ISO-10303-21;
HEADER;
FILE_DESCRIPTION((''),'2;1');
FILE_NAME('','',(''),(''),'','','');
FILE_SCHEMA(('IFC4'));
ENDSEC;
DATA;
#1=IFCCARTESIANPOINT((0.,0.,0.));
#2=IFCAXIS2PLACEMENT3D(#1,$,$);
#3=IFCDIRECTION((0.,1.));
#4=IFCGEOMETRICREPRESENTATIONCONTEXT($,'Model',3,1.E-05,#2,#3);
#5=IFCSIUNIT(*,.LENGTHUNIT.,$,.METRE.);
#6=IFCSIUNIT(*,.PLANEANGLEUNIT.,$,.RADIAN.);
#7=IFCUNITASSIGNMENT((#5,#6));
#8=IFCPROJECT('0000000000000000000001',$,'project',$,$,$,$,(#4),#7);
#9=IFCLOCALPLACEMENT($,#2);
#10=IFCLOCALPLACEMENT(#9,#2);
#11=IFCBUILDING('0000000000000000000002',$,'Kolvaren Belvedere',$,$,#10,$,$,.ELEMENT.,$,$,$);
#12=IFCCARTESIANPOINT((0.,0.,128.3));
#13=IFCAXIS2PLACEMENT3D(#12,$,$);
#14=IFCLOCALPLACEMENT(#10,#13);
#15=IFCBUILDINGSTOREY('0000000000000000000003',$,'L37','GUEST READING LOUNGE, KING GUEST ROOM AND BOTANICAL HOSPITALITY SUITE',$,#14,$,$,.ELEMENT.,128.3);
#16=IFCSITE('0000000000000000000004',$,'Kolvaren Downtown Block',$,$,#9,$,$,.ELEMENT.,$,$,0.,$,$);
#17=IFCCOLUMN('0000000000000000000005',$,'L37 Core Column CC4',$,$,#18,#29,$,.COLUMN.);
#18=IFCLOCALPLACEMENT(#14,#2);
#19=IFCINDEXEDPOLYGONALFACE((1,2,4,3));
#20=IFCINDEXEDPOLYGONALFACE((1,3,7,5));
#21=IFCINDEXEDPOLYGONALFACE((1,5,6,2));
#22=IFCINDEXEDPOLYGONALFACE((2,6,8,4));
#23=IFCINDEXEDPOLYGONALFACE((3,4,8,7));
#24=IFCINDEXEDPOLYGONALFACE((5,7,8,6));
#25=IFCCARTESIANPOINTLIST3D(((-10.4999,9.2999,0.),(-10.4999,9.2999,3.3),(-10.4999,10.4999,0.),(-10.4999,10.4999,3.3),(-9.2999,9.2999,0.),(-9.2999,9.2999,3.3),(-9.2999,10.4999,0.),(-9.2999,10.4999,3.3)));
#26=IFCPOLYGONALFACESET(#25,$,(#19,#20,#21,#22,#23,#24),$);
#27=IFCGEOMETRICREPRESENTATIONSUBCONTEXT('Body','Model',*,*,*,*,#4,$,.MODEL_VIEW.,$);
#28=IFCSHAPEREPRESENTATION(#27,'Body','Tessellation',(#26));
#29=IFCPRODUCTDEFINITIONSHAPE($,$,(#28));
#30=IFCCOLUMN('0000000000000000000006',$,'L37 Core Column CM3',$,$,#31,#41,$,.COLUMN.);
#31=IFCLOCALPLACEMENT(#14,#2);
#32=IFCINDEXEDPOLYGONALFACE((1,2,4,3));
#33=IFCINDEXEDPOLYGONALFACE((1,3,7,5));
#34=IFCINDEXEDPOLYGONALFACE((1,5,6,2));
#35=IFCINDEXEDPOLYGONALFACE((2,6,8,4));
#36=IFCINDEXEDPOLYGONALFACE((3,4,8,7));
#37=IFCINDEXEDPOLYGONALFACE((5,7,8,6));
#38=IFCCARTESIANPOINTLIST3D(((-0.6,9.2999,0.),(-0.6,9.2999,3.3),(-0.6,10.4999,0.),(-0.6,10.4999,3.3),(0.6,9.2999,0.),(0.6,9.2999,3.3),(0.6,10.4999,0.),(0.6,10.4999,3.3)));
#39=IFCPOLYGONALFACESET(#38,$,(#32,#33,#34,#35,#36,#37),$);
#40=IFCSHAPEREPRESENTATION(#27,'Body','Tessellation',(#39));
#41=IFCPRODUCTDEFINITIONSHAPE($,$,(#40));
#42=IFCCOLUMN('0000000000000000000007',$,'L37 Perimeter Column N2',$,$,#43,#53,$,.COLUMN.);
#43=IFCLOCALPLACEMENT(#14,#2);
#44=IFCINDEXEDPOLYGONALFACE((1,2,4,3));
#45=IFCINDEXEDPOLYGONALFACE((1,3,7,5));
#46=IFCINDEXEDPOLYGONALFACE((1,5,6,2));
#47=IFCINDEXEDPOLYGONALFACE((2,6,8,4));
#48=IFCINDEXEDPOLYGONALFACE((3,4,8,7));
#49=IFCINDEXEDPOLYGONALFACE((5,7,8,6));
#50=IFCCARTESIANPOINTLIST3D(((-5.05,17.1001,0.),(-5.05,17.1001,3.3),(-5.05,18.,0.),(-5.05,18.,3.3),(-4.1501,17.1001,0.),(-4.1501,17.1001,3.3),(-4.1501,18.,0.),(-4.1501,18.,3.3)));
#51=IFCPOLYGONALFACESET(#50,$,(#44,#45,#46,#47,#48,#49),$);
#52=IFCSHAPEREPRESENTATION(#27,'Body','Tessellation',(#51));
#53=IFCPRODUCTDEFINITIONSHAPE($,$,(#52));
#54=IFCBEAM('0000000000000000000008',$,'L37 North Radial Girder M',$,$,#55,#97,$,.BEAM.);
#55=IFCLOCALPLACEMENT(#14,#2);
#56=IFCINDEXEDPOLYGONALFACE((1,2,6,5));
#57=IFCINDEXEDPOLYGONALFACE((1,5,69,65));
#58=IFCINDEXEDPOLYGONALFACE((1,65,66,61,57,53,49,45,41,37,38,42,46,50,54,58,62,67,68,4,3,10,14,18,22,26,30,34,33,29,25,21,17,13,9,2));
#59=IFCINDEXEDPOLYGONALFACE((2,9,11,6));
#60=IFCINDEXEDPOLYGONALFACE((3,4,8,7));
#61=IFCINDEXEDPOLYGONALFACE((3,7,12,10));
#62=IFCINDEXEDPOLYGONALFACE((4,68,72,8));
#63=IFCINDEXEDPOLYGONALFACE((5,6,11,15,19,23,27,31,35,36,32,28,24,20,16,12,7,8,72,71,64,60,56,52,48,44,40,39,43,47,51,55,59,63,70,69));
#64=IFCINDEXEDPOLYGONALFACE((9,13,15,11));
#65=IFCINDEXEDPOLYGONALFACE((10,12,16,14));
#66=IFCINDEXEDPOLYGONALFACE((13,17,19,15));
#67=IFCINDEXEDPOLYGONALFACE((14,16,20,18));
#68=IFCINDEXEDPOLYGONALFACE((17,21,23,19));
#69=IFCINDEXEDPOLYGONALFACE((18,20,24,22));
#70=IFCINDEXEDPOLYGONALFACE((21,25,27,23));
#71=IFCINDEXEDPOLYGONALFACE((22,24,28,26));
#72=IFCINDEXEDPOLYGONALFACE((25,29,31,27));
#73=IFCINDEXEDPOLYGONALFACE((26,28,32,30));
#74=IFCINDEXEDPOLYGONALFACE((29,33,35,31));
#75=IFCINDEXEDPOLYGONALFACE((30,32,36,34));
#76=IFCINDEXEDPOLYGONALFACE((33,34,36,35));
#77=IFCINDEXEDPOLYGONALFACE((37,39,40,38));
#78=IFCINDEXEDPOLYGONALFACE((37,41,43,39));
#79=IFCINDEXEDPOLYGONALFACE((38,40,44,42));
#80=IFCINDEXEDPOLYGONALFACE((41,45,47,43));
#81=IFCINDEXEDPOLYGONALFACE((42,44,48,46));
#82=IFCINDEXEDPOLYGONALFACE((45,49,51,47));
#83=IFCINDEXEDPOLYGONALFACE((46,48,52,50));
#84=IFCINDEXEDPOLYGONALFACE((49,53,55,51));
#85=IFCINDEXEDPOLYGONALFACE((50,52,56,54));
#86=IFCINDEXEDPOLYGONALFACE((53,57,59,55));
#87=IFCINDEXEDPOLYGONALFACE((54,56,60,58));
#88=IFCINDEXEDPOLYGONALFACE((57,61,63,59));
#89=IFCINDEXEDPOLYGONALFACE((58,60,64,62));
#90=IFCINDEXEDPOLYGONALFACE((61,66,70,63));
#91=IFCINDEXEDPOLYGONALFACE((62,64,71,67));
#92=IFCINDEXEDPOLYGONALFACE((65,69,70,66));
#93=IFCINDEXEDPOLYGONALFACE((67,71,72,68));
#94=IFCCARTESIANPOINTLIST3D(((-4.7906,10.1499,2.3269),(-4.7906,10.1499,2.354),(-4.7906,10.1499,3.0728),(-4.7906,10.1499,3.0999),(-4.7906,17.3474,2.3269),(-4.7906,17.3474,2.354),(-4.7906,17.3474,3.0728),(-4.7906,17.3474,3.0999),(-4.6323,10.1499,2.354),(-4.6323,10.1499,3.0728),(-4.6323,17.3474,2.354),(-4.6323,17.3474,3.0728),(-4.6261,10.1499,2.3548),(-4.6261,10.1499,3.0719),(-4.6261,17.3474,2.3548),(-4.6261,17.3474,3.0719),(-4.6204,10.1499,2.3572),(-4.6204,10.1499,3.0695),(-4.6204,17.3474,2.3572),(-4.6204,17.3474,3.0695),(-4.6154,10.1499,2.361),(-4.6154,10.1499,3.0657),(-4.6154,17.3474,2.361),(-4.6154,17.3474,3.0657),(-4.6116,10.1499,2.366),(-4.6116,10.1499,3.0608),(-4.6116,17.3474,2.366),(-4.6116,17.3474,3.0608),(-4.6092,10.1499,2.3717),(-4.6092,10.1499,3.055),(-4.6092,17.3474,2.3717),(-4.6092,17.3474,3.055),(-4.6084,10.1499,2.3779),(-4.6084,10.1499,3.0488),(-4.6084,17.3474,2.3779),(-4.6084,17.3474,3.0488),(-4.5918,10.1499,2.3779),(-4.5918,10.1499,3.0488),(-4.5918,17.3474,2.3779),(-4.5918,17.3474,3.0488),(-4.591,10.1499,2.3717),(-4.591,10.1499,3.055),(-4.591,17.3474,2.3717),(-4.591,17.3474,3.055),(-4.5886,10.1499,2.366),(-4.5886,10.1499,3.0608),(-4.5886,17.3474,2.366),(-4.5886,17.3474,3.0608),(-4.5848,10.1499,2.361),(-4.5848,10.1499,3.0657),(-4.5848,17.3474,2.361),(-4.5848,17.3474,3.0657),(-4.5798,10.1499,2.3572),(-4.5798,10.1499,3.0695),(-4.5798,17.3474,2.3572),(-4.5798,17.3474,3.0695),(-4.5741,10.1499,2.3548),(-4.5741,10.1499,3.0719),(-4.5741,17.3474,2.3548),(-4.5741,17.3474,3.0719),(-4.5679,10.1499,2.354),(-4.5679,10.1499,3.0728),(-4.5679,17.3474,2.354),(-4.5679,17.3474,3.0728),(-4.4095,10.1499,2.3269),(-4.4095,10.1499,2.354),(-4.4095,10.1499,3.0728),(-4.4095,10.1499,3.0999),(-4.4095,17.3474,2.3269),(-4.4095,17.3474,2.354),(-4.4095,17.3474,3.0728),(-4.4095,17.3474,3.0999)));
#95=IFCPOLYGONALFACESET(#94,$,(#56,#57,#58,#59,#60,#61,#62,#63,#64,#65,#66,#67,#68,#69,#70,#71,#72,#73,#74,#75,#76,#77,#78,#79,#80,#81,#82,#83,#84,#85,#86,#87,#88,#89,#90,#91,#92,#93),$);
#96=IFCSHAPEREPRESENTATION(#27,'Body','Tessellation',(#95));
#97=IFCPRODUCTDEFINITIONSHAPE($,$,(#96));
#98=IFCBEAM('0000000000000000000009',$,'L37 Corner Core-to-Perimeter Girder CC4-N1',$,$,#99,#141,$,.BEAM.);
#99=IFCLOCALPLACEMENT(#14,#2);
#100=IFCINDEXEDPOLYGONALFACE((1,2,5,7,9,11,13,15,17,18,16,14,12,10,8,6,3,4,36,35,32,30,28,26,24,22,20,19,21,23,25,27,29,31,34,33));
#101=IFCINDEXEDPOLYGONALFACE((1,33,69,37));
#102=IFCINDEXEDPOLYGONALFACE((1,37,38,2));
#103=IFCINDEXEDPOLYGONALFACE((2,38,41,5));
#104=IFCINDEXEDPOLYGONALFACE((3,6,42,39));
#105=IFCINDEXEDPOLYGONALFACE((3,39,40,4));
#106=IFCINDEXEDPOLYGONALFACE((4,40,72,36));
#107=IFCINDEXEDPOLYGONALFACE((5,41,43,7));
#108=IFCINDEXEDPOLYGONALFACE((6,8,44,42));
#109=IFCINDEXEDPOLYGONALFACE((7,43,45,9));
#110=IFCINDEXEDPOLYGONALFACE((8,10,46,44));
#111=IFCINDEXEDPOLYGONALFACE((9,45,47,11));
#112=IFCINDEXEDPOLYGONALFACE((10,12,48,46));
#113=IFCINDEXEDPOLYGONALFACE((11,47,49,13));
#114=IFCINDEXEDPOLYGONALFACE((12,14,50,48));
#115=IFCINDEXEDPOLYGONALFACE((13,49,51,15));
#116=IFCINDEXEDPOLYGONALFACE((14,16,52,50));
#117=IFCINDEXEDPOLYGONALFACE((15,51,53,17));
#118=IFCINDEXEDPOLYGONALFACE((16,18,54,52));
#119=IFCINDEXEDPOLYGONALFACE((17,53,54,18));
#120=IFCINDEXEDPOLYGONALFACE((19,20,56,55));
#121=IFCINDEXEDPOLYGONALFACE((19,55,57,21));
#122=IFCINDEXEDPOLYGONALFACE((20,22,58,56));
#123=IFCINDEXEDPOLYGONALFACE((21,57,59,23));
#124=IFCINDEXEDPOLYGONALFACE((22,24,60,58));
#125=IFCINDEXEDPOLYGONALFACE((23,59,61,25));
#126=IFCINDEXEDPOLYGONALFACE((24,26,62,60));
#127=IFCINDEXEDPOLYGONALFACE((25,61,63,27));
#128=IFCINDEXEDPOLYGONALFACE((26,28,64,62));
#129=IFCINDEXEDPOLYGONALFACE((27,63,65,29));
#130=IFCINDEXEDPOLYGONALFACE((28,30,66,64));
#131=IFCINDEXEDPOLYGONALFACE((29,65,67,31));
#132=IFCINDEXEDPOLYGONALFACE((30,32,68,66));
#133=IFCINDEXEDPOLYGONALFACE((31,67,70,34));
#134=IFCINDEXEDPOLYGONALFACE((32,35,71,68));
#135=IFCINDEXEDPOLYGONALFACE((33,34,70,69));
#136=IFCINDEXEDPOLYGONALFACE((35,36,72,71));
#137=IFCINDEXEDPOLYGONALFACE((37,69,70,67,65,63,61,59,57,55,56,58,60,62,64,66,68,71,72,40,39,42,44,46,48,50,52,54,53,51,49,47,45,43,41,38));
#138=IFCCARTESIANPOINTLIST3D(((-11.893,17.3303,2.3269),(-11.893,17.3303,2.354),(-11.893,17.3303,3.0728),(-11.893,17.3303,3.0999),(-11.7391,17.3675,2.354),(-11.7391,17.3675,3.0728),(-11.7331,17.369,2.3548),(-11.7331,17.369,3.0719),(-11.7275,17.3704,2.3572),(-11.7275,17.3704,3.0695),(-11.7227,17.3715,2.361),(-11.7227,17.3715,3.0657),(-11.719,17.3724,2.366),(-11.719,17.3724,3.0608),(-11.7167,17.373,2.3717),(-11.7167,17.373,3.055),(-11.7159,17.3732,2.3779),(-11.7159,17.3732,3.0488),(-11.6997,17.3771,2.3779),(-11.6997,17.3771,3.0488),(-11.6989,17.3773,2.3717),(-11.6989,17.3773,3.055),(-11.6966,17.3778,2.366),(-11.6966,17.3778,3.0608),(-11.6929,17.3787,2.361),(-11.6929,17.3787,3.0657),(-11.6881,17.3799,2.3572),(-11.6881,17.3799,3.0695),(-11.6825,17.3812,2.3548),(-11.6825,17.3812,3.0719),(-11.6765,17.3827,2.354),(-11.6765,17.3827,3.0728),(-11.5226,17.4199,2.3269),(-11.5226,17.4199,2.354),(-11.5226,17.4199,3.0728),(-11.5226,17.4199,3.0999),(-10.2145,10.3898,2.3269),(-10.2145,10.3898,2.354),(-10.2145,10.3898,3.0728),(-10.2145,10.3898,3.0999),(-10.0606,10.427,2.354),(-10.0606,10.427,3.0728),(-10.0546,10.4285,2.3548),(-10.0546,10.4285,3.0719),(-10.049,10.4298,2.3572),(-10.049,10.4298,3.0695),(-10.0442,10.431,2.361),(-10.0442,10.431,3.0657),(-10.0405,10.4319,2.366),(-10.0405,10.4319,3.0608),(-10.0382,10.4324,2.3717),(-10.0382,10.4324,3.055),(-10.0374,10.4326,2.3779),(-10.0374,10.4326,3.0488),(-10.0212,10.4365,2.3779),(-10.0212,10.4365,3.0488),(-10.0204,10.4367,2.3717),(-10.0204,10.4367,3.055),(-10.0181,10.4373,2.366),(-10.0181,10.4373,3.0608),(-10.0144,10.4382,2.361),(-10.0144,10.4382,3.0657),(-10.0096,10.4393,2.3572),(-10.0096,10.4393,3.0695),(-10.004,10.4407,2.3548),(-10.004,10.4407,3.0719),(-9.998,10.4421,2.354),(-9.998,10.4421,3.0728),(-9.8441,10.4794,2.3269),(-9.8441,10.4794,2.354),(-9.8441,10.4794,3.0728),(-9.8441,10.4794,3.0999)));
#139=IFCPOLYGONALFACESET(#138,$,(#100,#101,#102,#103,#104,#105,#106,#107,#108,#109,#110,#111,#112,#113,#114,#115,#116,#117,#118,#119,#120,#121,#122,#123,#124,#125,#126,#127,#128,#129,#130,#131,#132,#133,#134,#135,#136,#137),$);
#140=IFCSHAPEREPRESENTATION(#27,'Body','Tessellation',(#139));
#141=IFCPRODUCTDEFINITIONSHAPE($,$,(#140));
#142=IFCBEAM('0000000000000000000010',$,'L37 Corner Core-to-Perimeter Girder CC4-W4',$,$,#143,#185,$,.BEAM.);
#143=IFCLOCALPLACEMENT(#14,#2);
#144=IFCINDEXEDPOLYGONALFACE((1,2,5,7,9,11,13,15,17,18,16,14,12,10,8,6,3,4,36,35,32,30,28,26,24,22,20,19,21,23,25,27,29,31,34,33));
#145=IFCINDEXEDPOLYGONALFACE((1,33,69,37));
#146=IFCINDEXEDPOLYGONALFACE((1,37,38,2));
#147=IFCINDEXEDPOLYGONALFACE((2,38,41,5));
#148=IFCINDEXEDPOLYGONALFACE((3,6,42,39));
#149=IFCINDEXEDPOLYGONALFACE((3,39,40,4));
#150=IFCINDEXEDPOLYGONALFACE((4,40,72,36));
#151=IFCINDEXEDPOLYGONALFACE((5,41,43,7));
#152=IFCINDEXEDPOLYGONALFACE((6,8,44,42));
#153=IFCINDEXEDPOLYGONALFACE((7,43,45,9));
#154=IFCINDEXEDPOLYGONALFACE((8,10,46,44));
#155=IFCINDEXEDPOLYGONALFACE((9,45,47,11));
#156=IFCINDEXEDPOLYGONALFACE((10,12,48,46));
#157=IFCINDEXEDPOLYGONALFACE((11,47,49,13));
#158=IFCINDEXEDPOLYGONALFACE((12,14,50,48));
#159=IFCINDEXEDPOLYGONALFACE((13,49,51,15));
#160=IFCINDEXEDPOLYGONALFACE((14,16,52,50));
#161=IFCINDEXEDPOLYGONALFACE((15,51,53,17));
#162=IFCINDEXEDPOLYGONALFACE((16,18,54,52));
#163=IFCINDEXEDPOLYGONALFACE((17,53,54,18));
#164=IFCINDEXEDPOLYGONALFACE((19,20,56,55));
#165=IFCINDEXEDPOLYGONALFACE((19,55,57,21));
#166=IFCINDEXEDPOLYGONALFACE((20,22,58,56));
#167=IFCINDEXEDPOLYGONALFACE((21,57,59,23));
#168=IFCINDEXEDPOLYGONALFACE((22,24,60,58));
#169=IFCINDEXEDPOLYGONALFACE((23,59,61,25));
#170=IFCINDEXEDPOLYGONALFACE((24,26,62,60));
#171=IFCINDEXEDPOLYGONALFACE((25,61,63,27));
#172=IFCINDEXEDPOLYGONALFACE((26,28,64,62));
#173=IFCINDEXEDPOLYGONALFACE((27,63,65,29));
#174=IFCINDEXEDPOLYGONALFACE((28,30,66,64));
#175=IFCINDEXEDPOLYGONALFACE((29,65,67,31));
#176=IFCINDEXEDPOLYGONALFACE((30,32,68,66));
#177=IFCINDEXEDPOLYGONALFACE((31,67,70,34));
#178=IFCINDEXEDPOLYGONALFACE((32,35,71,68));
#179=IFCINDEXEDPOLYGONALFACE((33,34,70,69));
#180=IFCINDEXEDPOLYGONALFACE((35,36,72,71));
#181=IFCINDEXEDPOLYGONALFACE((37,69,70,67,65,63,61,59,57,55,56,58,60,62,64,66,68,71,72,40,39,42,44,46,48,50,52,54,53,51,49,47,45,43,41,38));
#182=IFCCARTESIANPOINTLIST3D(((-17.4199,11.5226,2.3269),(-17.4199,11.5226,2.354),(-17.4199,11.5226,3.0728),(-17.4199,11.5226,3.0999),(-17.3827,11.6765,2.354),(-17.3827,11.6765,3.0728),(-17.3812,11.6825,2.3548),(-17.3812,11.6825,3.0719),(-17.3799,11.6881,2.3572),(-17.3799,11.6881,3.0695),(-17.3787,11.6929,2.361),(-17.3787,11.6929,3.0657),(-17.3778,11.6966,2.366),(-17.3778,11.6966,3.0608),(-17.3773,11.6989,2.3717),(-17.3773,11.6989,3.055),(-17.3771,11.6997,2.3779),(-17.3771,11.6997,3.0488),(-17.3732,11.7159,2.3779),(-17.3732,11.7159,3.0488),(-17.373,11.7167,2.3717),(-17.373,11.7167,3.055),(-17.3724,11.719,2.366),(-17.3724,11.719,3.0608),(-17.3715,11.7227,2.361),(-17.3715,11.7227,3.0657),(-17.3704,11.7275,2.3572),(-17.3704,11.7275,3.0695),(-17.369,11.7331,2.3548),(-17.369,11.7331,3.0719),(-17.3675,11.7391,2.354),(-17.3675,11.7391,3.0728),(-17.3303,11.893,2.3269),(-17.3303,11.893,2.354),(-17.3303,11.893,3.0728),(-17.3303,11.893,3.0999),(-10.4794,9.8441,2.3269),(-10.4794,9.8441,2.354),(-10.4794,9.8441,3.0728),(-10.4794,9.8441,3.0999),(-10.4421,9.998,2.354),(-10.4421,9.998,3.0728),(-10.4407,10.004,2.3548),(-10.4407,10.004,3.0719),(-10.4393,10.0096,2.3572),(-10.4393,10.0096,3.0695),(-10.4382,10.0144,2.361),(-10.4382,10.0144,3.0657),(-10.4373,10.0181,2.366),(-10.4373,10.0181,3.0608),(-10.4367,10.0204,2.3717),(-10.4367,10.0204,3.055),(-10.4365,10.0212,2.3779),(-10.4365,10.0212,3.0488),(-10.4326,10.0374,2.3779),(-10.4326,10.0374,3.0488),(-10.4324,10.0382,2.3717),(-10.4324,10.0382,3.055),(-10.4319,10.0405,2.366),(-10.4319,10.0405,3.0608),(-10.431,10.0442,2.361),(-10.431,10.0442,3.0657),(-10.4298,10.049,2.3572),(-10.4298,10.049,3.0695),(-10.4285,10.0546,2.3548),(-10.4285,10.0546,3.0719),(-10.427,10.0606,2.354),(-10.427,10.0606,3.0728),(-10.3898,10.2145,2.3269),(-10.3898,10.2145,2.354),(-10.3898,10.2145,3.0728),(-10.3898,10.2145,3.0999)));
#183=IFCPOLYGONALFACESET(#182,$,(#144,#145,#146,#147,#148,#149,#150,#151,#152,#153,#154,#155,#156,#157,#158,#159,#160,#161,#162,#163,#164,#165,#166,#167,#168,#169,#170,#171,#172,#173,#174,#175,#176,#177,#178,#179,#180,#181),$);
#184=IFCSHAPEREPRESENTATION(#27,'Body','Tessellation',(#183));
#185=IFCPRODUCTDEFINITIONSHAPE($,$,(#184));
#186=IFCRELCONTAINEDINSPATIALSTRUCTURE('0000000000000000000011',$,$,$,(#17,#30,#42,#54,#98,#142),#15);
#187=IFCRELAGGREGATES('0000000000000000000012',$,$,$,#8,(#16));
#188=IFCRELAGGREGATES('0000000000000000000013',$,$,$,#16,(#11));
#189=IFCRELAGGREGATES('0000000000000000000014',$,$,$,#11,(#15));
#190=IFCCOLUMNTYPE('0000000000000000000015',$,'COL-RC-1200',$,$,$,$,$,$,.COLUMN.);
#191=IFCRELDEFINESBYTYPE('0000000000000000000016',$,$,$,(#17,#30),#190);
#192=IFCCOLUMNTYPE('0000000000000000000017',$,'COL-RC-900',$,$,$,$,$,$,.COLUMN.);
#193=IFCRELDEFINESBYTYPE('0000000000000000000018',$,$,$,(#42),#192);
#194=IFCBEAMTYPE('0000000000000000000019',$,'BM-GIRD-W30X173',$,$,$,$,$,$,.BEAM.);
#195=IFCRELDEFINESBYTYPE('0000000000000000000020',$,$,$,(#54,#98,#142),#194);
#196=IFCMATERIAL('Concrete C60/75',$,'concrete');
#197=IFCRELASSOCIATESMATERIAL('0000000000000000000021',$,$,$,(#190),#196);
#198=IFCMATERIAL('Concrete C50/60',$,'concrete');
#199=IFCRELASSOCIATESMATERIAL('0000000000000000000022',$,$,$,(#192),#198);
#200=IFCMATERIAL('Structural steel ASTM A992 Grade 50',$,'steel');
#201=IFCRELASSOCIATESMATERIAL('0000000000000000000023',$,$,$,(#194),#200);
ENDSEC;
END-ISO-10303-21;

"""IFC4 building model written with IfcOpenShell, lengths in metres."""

from ifc_helpers import new_model, si_unit, direction, frame, origin, origin_2d, place, context, subcontext, project, spatial, rectangle, i_section, extrude, material, material_profile, profile_set, type_object, element, save


model = new_model("IFC4")

# Units and contexts
model_context = context("Model", 3, precision=1e-05, world=origin(), true_north=direction((0.0, 1.0)))
body_context = subcontext(model_context, "Body", "Model", "MODEL_VIEW")
ifc_project = project(units=[si_unit("LENGTHUNIT", "METRE"), si_unit("PLANEANGLEUNIT", "RADIAN")], contexts=[model_context])

# Site, building, storey
site_placement = place(None, origin())
site = spatial("IfcSite", under=ifc_project, at=site_placement, Name="Kolvaren Downtown Block", CompositionType="ELEMENT", RefElevation=0.0)
building_placement = place(site_placement, origin())
building = spatial("IfcBuilding", under=site, at=building_placement, Name="Kolvaren Belvedere", CompositionType="ELEMENT")
storey_placement = place(building_placement, frame((0.0, 0.0, 128.3)))
storey = spatial("IfcBuildingStorey", under=building, at=storey_placement, Name="L37", Description="GUEST READING LOUNGE, KING GUEST ROOM AND BOTANICAL HOSPITALITY SUITE", CompositionType="ELEMENT", Elevation=128.3)

# Columns
ifc_material_1 = material(Name="Concrete C60/75", Category="concrete")
ifc_material_profile_1 = material_profile(ifc_material_1, rectangle(XDim=1.2, YDim=1.2, at=origin_2d()), Name="RC 1200X1200")
ifc_profile_set_1 = profile_set([ifc_material_profile_1], Name="Concrete C60/75")
column_type_1 = type_object("IfcColumnType", Name="COL-RC-1200", PredefinedType="COLUMN", material=ifc_profile_set_1)
for number, where, z_axis, x_axis, name in (
    (1, (-9.8999, 9.8999, 0.0), (0.0, 0.0, 1.0), (1.0, 0.0, 0.0), "L37 Core Column CC4"),
    (2, (0.0, 9.8999, 0.0), (0.0, 0.0, 1.0), (1.0, 0.0, 0.0), "L37 Core Column CM3"),
):
    element("IfcColumn", number, at=place(storey_placement, frame(where, z_axis=z_axis, x_axis=x_axis)), inside=storey, type_object=column_type_1, Name=name, PredefinedType="COLUMN", context=body_context, shape_type="SweptSolid", body=[
        extrude(rectangle(XDim=1.2, YDim=1.2, at=origin_2d()), origin(), (0.0, 0.0, 1.0), 3.3),
    ])
ifc_material_2 = material(Name="Concrete C50/60", Category="concrete")
ifc_material_profile_2 = material_profile(ifc_material_2, rectangle(XDim=0.8999, YDim=0.8999, at=origin_2d()), Name="RC 900X900")
ifc_profile_set_2 = profile_set([ifc_material_profile_2], Name="Concrete C50/60")
column_type_2 = type_object("IfcColumnType", Name="COL-RC-900", PredefinedType="COLUMN", material=ifc_profile_set_2)
column_placement = place(storey_placement, frame((-4.6001, 17.55, 0.0), z_axis=(0.0, 0.0, 1.0), x_axis=(1.0, 0.0, 0.0)))
element("IfcColumn", 3, at=column_placement, inside=storey, type_object=column_type_2, Name="L37 Perimeter Column N2", PredefinedType="COLUMN", context=body_context, shape_type="SweptSolid", body=[
    extrude(rectangle(XDim=0.8999, YDim=0.8999, at=origin_2d()), origin(), (0.0, 0.0, 1.0), 3.3),
])

# Beams
ifc_material_3 = material(Name="Structural steel ASTM A992 Grade 50", Category="steel")
ifc_material_profile_3 = material_profile(ifc_material_3, i_section(OverallWidth=0.3811, OverallDepth=0.7729, WebThickness=0.0166, FlangeThickness=0.0271, FilletRadius=0.0239, at=origin_2d()), Name="W30X173")
ifc_profile_set_3 = profile_set([ifc_material_profile_3], Name="Structural steel ASTM A992 Grade 50")
beam_type_1 = type_object("IfcBeamType", Name="BM-GIRD-W30X173", PredefinedType="BEAM", material=ifc_profile_set_3)
beam_1_placement = place(storey_placement, frame((-4.6001, 10.1499, 2.7134), z_axis=(0.0, 1.0, 0.0), x_axis=(-1.0, 0.0, 0.0)))
element("IfcBeam", 4, at=beam_1_placement, inside=storey, type_object=beam_type_1, Name="L37 North Radial Girder M", PredefinedType="BEAM", context=body_context, shape_type="SweptSolid", body=[
    extrude(i_section(OverallWidth=0.3811, OverallDepth=0.7729, WebThickness=0.0166, FlangeThickness=0.0271, FilletRadius=0.0239, at=origin_2d()), origin(), (0.0, 0.0, 1.0), 7.1975),
])
for number, where, z_axis, x_axis, name in (
    (5, (-10.0293, 10.4346, 2.7134), (-0.235063, 0.97198, 0.0), (-0.97198, -0.235063, 0.0), "L37 Corner Core-to-Perimeter Girder CC4-N1"),
    (6, (-10.4346, 10.0293, 2.7134), (-0.97198, 0.235063, 0.0), (-0.235063, -0.97198, 0.0), "L37 Corner Core-to-Perimeter Girder CC4-W4"),
):
    element("IfcBeam", number, at=place(storey_placement, frame(where, z_axis=z_axis, x_axis=x_axis)), inside=storey, type_object=beam_type_1, Name=name, PredefinedType="BEAM", context=body_context, shape_type="SweptSolid", body=[
        extrude(i_section(OverallWidth=0.3811, OverallDepth=0.7729, WebThickness=0.0166, FlangeThickness=0.0271, FilletRadius=0.0239, at=origin_2d()), origin(), (0.0, 0.0, 1.0), 7.1406),
    ])

save(model, "model.ifc")
